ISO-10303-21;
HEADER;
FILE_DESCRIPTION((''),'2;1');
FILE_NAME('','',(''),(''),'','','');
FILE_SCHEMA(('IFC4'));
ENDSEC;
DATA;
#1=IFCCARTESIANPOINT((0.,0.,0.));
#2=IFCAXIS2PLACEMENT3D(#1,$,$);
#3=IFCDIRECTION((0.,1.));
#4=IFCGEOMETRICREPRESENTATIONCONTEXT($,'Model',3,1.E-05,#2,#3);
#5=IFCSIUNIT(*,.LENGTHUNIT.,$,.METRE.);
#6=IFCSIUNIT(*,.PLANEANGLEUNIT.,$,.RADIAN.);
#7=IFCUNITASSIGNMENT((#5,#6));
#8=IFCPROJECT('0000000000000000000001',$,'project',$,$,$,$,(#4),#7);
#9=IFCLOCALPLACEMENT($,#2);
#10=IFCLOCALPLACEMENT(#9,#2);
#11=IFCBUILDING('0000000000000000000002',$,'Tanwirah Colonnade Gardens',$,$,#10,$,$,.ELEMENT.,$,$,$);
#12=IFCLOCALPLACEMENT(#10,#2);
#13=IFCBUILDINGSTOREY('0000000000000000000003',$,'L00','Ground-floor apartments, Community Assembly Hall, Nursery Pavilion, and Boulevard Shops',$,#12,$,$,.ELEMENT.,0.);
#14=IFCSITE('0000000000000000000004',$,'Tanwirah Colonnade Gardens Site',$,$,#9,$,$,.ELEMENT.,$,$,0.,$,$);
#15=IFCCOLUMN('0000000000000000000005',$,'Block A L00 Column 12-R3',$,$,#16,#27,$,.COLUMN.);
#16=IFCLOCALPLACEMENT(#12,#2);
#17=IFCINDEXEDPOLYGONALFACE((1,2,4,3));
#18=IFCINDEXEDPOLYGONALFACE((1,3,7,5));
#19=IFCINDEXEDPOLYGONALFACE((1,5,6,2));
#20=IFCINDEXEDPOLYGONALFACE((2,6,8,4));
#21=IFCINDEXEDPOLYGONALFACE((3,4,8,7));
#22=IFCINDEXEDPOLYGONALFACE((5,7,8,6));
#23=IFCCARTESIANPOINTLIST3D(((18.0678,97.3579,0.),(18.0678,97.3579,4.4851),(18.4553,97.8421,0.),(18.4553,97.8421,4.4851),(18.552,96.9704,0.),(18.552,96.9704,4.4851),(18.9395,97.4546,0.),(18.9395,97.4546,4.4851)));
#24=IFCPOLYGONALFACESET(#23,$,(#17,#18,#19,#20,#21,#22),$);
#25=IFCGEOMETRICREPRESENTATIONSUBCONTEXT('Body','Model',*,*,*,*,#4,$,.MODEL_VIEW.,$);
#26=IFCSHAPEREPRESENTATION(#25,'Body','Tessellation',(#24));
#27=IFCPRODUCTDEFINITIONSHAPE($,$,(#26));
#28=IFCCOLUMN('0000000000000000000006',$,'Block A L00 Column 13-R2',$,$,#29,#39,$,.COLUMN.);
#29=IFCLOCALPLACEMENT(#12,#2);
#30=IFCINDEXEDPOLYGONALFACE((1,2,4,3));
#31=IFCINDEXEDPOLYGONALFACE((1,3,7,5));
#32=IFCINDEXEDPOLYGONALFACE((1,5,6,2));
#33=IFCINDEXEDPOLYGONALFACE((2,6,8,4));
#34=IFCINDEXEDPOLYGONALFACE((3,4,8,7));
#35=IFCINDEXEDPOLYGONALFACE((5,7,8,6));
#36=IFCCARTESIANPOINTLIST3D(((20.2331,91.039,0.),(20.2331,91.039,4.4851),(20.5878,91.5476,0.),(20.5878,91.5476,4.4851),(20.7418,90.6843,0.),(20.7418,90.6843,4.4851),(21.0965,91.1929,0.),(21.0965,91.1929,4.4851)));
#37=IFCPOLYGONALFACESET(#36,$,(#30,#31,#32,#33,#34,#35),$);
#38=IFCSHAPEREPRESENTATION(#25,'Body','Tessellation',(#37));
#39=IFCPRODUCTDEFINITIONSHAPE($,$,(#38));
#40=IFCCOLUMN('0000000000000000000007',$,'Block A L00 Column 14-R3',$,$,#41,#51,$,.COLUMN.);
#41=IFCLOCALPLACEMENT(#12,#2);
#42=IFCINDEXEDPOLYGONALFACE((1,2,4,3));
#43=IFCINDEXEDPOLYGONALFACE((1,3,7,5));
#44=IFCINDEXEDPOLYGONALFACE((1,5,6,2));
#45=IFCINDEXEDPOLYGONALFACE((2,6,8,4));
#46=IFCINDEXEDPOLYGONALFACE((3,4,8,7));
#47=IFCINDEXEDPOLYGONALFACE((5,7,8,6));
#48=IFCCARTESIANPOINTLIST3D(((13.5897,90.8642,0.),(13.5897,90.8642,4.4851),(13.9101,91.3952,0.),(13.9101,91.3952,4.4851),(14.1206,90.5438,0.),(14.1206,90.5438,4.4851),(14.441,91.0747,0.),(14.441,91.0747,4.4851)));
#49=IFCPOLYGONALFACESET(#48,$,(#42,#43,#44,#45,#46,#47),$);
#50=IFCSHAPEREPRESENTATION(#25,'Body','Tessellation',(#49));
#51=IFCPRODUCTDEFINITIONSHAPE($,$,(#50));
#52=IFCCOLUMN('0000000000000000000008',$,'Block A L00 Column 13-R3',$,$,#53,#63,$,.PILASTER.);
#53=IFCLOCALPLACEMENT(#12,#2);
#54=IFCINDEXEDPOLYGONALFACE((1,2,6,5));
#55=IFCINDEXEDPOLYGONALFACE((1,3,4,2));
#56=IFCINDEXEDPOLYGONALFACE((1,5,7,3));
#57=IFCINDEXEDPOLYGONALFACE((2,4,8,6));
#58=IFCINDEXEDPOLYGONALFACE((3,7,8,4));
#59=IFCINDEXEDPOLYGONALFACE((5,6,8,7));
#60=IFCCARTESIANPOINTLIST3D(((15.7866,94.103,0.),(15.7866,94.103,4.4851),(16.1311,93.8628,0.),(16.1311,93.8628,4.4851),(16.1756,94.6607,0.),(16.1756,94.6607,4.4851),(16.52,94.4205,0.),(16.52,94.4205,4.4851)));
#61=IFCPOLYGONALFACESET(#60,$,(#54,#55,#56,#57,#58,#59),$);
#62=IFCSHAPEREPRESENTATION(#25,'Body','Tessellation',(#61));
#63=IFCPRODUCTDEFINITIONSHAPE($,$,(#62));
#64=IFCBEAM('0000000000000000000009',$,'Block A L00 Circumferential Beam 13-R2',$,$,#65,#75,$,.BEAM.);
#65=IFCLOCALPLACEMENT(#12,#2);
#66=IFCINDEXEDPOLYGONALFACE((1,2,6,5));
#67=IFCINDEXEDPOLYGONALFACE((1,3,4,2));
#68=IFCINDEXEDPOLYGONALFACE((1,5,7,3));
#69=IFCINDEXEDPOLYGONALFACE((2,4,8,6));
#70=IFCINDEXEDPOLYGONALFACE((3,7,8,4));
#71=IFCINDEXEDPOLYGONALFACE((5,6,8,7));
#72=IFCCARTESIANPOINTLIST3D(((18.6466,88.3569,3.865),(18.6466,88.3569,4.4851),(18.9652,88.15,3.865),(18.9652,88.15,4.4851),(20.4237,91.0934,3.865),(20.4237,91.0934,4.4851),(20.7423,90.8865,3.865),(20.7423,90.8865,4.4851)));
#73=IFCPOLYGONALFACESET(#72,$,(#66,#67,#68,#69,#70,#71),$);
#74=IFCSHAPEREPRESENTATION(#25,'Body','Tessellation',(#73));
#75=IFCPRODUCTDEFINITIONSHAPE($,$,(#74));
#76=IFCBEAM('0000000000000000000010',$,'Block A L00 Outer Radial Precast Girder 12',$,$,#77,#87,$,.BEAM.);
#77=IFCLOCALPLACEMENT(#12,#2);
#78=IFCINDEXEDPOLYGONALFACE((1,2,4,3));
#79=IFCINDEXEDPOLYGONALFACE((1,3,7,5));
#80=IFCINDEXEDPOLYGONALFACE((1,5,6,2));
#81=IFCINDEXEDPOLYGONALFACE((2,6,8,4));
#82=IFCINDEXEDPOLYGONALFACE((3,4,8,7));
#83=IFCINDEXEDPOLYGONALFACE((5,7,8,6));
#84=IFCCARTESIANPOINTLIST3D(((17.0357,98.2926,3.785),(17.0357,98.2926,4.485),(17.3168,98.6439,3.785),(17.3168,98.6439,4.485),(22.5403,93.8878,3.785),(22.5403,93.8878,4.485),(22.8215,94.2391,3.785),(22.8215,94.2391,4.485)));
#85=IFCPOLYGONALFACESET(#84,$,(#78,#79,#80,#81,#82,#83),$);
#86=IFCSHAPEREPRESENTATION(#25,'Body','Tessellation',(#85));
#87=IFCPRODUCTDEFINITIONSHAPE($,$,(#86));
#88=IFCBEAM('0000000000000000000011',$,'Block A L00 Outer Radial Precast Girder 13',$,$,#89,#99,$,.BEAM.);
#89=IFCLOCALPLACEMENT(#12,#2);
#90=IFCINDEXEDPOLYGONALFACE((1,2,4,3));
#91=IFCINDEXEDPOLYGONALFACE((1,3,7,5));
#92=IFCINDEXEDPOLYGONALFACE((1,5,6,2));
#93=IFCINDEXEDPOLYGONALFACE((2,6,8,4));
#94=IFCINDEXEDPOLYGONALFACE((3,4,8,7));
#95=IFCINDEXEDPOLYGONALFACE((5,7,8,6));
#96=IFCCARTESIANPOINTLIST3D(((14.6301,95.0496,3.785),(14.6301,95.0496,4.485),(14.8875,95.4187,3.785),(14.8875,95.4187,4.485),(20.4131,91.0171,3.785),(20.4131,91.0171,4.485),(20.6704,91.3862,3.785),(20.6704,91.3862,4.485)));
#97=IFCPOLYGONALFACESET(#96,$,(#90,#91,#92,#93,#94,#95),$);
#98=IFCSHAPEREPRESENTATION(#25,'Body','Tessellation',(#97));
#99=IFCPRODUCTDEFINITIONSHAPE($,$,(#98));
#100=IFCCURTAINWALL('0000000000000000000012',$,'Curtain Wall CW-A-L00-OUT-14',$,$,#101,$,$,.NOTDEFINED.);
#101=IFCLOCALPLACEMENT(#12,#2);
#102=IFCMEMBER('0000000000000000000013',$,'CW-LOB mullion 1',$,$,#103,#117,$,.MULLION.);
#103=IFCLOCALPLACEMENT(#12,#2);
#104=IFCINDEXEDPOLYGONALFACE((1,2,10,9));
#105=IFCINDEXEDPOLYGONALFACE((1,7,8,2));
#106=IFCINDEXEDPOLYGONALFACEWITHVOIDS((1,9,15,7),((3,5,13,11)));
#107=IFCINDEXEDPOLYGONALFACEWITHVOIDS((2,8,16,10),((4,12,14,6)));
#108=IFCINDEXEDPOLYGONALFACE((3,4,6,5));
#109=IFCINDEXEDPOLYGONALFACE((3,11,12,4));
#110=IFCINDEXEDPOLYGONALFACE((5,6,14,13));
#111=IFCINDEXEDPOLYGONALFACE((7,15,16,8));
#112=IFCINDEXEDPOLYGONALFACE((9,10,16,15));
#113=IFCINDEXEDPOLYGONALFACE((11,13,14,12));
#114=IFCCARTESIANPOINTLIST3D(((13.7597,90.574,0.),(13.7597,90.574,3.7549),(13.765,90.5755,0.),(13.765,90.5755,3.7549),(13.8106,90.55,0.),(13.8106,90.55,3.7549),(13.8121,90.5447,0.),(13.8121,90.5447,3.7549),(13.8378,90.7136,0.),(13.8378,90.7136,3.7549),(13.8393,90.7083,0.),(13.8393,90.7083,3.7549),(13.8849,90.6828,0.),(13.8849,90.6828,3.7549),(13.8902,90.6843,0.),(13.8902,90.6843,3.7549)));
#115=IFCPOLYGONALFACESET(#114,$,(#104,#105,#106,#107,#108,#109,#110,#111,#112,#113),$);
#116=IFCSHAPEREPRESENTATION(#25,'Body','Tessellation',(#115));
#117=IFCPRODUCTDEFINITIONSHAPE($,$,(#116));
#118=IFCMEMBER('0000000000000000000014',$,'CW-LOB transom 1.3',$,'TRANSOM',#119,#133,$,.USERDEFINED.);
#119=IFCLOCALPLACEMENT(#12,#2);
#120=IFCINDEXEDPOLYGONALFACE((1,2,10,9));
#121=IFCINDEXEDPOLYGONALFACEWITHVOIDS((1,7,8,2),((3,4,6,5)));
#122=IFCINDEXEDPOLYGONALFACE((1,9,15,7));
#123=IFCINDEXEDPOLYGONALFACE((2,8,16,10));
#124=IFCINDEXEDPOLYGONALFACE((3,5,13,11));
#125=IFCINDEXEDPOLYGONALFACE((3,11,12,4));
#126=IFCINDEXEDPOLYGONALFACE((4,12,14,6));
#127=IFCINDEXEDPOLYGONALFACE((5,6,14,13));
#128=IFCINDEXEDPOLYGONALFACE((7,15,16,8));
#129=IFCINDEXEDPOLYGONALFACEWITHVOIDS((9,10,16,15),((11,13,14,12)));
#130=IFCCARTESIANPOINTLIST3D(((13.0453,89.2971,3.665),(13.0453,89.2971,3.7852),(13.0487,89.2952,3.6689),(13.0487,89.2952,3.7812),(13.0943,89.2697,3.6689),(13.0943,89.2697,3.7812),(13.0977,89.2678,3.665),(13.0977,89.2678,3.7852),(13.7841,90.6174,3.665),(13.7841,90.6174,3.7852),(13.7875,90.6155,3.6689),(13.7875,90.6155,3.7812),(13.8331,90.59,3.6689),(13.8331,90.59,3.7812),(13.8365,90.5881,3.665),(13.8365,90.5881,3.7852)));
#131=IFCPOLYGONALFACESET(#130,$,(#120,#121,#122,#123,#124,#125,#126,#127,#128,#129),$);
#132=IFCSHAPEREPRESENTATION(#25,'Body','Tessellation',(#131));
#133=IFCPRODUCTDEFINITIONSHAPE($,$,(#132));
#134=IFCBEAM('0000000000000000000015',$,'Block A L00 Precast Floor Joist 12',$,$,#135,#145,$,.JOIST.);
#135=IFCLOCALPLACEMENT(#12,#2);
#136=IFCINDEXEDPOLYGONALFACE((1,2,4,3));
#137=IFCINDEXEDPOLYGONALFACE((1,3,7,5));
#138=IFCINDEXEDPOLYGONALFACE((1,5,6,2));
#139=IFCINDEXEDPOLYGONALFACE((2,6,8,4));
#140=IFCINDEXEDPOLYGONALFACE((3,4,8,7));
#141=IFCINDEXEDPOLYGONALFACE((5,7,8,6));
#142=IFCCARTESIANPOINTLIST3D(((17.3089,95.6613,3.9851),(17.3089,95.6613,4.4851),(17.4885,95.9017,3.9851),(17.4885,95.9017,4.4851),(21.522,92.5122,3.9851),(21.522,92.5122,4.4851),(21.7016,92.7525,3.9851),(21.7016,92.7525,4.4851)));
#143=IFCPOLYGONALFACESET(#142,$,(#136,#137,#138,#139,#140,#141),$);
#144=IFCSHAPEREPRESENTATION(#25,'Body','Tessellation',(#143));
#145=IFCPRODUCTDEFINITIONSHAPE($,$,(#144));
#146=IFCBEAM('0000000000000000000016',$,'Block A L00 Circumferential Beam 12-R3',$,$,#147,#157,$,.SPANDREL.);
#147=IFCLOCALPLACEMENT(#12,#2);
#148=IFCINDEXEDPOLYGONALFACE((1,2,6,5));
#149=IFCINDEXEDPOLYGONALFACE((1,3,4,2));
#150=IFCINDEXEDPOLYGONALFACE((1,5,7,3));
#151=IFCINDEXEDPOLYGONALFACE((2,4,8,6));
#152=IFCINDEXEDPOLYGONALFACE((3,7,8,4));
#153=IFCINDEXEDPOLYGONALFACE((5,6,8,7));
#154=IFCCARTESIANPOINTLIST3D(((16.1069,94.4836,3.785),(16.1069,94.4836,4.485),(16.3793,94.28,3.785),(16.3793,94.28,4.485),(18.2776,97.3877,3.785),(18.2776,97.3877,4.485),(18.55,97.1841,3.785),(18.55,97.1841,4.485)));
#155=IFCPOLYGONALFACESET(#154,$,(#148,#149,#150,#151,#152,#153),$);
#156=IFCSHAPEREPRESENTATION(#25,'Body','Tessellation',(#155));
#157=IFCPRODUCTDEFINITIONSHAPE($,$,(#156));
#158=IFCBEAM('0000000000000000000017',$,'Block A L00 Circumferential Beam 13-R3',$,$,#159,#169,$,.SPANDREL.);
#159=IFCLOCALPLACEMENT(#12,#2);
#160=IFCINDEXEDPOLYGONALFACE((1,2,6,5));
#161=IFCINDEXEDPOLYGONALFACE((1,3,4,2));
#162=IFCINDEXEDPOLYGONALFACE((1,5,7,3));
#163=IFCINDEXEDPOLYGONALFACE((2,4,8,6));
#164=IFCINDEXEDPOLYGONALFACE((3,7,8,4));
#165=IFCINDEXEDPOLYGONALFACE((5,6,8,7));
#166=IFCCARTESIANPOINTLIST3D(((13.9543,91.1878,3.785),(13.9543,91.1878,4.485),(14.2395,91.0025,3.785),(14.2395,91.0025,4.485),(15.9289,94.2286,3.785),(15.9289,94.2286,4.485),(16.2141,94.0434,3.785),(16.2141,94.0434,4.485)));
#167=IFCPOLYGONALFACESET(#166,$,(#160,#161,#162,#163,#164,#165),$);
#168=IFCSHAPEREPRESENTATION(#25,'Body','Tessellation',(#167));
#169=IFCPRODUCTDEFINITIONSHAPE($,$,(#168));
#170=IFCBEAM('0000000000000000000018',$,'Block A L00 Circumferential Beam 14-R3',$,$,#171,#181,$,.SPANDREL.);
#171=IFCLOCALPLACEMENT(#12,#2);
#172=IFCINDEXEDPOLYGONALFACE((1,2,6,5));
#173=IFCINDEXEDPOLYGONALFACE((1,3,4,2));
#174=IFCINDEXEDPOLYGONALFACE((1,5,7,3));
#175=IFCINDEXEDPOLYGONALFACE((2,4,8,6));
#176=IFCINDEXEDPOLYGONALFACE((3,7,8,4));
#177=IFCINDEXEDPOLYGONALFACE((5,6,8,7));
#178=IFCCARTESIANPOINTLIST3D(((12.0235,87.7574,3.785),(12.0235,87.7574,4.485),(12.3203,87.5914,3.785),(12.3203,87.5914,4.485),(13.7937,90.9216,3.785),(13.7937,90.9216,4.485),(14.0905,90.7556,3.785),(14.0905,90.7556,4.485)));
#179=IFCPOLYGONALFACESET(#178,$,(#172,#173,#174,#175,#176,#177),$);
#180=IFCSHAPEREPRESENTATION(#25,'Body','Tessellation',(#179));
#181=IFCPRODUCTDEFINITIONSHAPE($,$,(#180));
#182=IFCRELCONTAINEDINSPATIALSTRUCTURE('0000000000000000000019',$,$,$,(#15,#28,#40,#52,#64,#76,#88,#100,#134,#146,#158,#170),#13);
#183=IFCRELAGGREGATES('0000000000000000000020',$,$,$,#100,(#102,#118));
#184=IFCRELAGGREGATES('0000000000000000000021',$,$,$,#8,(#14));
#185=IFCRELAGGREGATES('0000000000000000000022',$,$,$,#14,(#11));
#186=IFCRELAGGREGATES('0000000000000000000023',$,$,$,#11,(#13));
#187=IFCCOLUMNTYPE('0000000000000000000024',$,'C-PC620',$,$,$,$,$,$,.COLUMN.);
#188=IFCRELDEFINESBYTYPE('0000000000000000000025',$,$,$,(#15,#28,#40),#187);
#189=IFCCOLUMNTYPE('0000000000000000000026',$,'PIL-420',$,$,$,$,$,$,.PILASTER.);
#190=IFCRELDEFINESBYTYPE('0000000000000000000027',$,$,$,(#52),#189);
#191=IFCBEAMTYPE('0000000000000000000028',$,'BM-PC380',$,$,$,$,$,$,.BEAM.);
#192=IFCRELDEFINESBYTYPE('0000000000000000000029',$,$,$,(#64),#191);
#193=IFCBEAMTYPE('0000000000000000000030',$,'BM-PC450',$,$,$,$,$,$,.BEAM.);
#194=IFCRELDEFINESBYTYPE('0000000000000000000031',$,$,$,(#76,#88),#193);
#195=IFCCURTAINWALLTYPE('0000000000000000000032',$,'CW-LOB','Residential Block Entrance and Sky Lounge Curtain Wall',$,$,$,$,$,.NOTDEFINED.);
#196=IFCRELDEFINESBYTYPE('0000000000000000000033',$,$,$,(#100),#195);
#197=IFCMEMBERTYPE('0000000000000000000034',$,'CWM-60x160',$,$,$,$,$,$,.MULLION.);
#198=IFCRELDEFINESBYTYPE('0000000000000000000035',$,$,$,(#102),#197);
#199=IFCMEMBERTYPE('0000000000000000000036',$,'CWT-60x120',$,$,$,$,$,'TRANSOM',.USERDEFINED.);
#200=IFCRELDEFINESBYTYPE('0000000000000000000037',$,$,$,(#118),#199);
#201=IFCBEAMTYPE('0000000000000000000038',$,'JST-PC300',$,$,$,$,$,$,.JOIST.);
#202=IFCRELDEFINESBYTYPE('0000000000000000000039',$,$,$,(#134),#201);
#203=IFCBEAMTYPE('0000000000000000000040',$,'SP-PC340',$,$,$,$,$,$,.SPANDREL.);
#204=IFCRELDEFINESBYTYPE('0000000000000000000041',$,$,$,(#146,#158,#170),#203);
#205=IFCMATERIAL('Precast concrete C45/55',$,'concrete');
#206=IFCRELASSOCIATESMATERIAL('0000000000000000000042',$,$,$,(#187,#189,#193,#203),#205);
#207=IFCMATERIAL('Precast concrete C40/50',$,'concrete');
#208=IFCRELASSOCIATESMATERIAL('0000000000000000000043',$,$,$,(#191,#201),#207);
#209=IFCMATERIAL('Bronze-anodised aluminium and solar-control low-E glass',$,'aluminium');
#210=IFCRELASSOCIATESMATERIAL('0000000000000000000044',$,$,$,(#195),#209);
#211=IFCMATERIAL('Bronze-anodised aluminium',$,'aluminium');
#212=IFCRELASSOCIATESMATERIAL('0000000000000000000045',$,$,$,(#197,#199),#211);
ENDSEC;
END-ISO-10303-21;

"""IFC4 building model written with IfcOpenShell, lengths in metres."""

from ifc_helpers import new_model, si_unit, direction, frame, origin, origin_2d, place, context, subcontext, project, spatial, rectangle, hollow_rectangle, extrude, material, material_profile, profile_set, type_object, element, aggregate, save


model = new_model("IFC4")

# Units and contexts
model_context = context("Model", 3, precision=1e-05, world=origin(), true_north=direction((0.0, 1.0)))
body_context = subcontext(model_context, "Body", "Model", "MODEL_VIEW")
ifc_project = project(units=[si_unit("LENGTHUNIT", "METRE"), si_unit("PLANEANGLEUNIT", "RADIAN")], contexts=[model_context])

# Site, building, storey
site_placement = place(None, origin())
site = spatial("IfcSite", under=ifc_project, at=site_placement, Name="Tanwirah Colonnade Gardens Site", CompositionType="ELEMENT", RefElevation=0.0)
building_placement = place(site_placement, origin())
building = spatial("IfcBuilding", under=site, at=building_placement, Name="Tanwirah Colonnade Gardens", CompositionType="ELEMENT")
storey_placement = place(building_placement, origin())
storey = spatial("IfcBuildingStorey", under=building, at=storey_placement, Name="L00", Description="Ground-floor apartments, Community Assembly Hall, Nursery Pavilion, and Boulevard Shops", CompositionType="ELEMENT", Elevation=0.0)

# Columns
ifc_material_1 = material(Name="Precast concrete C45/55", Category="concrete")
ifc_material_profile_1 = material_profile(ifc_material_1, rectangle(XDim=0.6201, YDim=0.6201, at=origin_2d()), Name="PC-COL 620x620")
ifc_profile_set_1 = profile_set([ifc_material_profile_1], Name="Precast concrete C45/55")
column_type_1 = type_object("IfcColumnType", Name="C-PC620", PredefinedType="COLUMN", material=ifc_profile_set_1)
for number, where, z_axis, x_axis, name in (
    (1, (18.5037, 97.4062, 0.0), (0.0, 0.0, 1.0), (-0.780794, 0.624788, 0.0), "Block A L00 Column 12-R3"),
    (2, (20.6648, 91.116, 0.0), (0.0, 0.0, 1.0), (-0.820263, 0.571987, 0.0), "Block A L00 Column 13-R2"),
    (3, (14.0154, 90.9695, 0.0), (0.0, 0.0, 1.0), (-0.856167, 0.516699, 0.0), "Block A L00 Column 14-R3"),
):
    element("IfcColumn", number, at=place(storey_placement, frame(where, z_axis=z_axis, x_axis=x_axis)), inside=storey, type_object=column_type_1, Name=name, PredefinedType="COLUMN", context=body_context, shape_type="SweptSolid", body=[
        extrude(rectangle(XDim=0.6201, YDim=0.6201, at=origin_2d()), origin(), (0.0, 0.0, 1.0), 4.4851),
    ])
ifc_material_profile_2 = material_profile(ifc_material_1, rectangle(XDim=0.4199, YDim=0.6799, at=origin_2d()), Name="PC-PIL 420x680")
ifc_profile_set_2 = profile_set([ifc_material_profile_2], Name="Precast concrete C45/55")
column_type_2 = type_object("IfcColumnType", Name="PIL-420", PredefinedType="PILASTER", material=ifc_profile_set_2)
column_placement = place(storey_placement, frame((16.1533, 94.2617, 0.0), z_axis=(0.0, 0.0, 1.0), x_axis=(-0.820263, 0.571987, 0.0)))
element("IfcColumn", 4, at=column_placement, inside=storey, type_object=column_type_2, Name="Block A L00 Column 13-R3", PredefinedType="PILASTER", context=body_context, shape_type="SweptSolid", body=[
    extrude(rectangle(XDim=0.4199, YDim=0.6799, at=origin_2d()), origin(), (0.0, 0.0, 1.0), 4.4851),
])

# Beams
ifc_material_2 = material(Name="Precast concrete C40/50", Category="concrete")
ifc_material_profile_3 = material_profile(ifc_material_2, rectangle(XDim=0.3799, YDim=0.6201, at=origin_2d()), Name="PC-BM 380x620")
ifc_profile_set_3 = profile_set([ifc_material_profile_3], Name="Precast concrete C40/50")
beam_type_1 = type_object("IfcBeamType", Name="BM-PC380", PredefinedType="BEAM", material=ifc_profile_set_3)
beam_1_placement = place(storey_placement, frame((20.583, 90.99, 4.175), z_axis=(-0.544628, -0.838678, 0.0), x_axis=(0.838678, -0.544628, 0.0)))
element("IfcBeam", 5, at=beam_1_placement, inside=storey, type_object=beam_type_1, Name="Block A L00 Circumferential Beam 13-R2", PredefinedType="BEAM", context=body_context, shape_type="SweptSolid", body=[
    extrude(rectangle(XDim=0.3799, YDim=0.6201, at=origin_2d()), origin(), (0.0, 0.0, 1.0), 3.2629),
])
ifc_material_profile_4 = material_profile(ifc_material_1, rectangle(XDim=0.45, YDim=0.7, at=origin_2d()), Name="PC-BM 450x700")
ifc_profile_set_4 = profile_set([ifc_material_profile_4], Name="Precast concrete C45/55")
beam_type_2 = type_object("IfcBeamType", Name="BM-PC450", PredefinedType="BEAM", material=ifc_profile_set_4)
for number, where, z_axis, x_axis, name in (
    (6, (22.6809, 94.0635, 4.135), (-0.780794, 0.624788, 0.0), (-0.624788, -0.780794, 0.0), "Block A L00 Outer Radial Precast Girder 12"),
    (7, (20.5417, 91.2017, 4.135), (-0.82027, 0.571976, 0.0), (-0.571976, -0.82027, 0.0), "Block A L00 Outer Radial Precast Girder 13"),
):
    element("IfcBeam", number, at=place(storey_placement, frame(where, z_axis=z_axis, x_axis=x_axis)), inside=storey, type_object=beam_type_2, Name=name, PredefinedType="BEAM", context=body_context, shape_type="SweptSolid", body=[
        extrude(rectangle(XDim=0.45, YDim=0.7, at=origin_2d()), origin(), (0.0, 0.0, 1.0), 7.05),
    ])

# Curtain wall, members
ifc_material_3 = material(Name="Bronze-anodised aluminium and solar-control low-E glass", Category="aluminium")
curtain_wall_type = type_object("IfcCurtainWallType", Name="CW-LOB", Description="Residential Block Entrance and Sky Lounge Curtain Wall", PredefinedType="NOTDEFINED", material=ifc_material_3)
curtain_wall_placement = place(storey_placement, origin())
curtain_wall = element("IfcCurtainWall", 8, at=curtain_wall_placement, inside=storey, type_object=curtain_wall_type, Name="Curtain Wall CW-A-L00-OUT-14", PredefinedType="NOTDEFINED")
ifc_material_4 = material(Name="Bronze-anodised aluminium", Category="aluminium")
ifc_material_profile_5 = material_profile(ifc_material_4, hollow_rectangle(XDim=0.0601, YDim=0.1599, WallThickness=0.0039, at=origin_2d()), Name="CW-MUL 60x160x4")
ifc_profile_set_5 = profile_set([ifc_material_profile_5], Name="Bronze-anodised aluminium")
member_type_1 = type_object("IfcMemberType", Name="CWM-60x160", PredefinedType="MULLION", material=ifc_profile_set_5)
member_1_placement = place(storey_placement, frame((13.825, 90.6292, 0.0), z_axis=(0.0, 0.0, 1.0), x_axis=(0.872732, -0.488199, 0.0)))
member_1 = element("IfcMember", 9, at=member_1_placement, type_object=member_type_1, Name="CW-LOB mullion 1", PredefinedType="MULLION", context=body_context, shape_type="SweptSolid", body=[
    extrude(hollow_rectangle(XDim=0.0601, YDim=0.1599, WallThickness=0.0039, at=origin_2d()), origin(), (0.0, 0.0, 1.0), 3.7549),
])
ifc_material_profile_6 = material_profile(ifc_material_4, hollow_rectangle(XDim=0.0601, YDim=0.1201, WallThickness=0.0039, at=origin_2d()), Name="CW-TRN 60x120x4")
ifc_profile_set_6 = profile_set([ifc_material_profile_6], Name="Bronze-anodised aluminium")
member_type_2 = type_object("IfcMemberType", Name="CWT-60x120", ElementType="TRANSOM", PredefinedType="USERDEFINED", material=ifc_profile_set_6)
member_2_placement = place(storey_placement, frame((13.8103, 90.6028, 3.7251), z_axis=(-0.488299, -0.872677, 0.0), x_axis=(0.872677, -0.488299, 0.0)))
member_2 = element("IfcMember", 10, at=member_2_placement, type_object=member_type_2, Name="CW-LOB transom 1.3", ObjectType="TRANSOM", PredefinedType="USERDEFINED", context=body_context, shape_type="SweptSolid", body=[
    extrude(hollow_rectangle(XDim=0.0601, YDim=0.1201, WallThickness=0.0039, at=origin_2d()), origin(), (0.0, 0.0, 1.0), 1.5129),
])
aggregate(curtain_wall, [member_1, member_2])

# Beams
ifc_material_profile_7 = material_profile(ifc_material_2, rectangle(XDim=0.3, YDim=0.5, at=origin_2d()), Name="PC-JST 300x500")
ifc_profile_set_7 = profile_set([ifc_material_profile_7], Name="Precast concrete C40/50")
beam_type_3 = type_object("IfcBeamType", Name="JST-PC300", PredefinedType="JOIST", material=ifc_profile_set_7)
beam_2_placement = place(storey_placement, frame((21.6118, 92.6323, 4.2351), z_axis=(-0.800974, 0.5987, 0.0), x_axis=(-0.5987, -0.800974, 0.0)))
element("IfcBeam", 11, at=beam_2_placement, inside=storey, type_object=beam_type_3, Name="Block A L00 Precast Floor Joist 12", PredefinedType="JOIST", context=body_context, shape_type="SweptSolid", body=[
    extrude(rectangle(XDim=0.3, YDim=0.5, at=origin_2d()), origin(), (0.0, 0.0, 1.0), 5.26),
])
ifc_material_profile_8 = material_profile(ifc_material_1, rectangle(XDim=0.3401, YDim=0.7, at=origin_2d()), Name="PC-SP 340x700")
ifc_profile_set_8 = profile_set([ifc_material_profile_8], Name="Precast concrete C45/55")
beam_type_4 = type_object("IfcBeamType", Name="SP-PC340", PredefinedType="SPANDREL", material=ifc_profile_set_8)
for number, where, z_axis, x_axis, name in (
    (12, (18.4138, 97.2859, 4.135), (-0.598696, -0.800977, 0.0), (0.800977, -0.598696, 0.0), "Block A L00 Circumferential Beam 12-R3"),
    (13, (16.0715, 94.136, 4.135), (-0.544621, -0.838682, 0.0), (0.838682, -0.544621, 0.0), "Block A L00 Circumferential Beam 13-R3"),
    (14, (13.9421, 90.8386, 4.135), (-0.488236, -0.872711, 0.0), (0.872711, -0.488236, 0.0), "Block A L00 Circumferential Beam 14-R3"),
):
    element("IfcBeam", number, at=place(storey_placement, frame(where, z_axis=z_axis, x_axis=x_axis)), inside=storey, type_object=beam_type_4, Name=name, PredefinedType="SPANDREL", context=body_context, shape_type="SweptSolid", body=[
        extrude(rectangle(XDim=0.3401, YDim=0.7, at=origin_2d()), origin(), (0.0, 0.0, 1.0), 3.6257),
    ])

save(model, "model.ifc")
